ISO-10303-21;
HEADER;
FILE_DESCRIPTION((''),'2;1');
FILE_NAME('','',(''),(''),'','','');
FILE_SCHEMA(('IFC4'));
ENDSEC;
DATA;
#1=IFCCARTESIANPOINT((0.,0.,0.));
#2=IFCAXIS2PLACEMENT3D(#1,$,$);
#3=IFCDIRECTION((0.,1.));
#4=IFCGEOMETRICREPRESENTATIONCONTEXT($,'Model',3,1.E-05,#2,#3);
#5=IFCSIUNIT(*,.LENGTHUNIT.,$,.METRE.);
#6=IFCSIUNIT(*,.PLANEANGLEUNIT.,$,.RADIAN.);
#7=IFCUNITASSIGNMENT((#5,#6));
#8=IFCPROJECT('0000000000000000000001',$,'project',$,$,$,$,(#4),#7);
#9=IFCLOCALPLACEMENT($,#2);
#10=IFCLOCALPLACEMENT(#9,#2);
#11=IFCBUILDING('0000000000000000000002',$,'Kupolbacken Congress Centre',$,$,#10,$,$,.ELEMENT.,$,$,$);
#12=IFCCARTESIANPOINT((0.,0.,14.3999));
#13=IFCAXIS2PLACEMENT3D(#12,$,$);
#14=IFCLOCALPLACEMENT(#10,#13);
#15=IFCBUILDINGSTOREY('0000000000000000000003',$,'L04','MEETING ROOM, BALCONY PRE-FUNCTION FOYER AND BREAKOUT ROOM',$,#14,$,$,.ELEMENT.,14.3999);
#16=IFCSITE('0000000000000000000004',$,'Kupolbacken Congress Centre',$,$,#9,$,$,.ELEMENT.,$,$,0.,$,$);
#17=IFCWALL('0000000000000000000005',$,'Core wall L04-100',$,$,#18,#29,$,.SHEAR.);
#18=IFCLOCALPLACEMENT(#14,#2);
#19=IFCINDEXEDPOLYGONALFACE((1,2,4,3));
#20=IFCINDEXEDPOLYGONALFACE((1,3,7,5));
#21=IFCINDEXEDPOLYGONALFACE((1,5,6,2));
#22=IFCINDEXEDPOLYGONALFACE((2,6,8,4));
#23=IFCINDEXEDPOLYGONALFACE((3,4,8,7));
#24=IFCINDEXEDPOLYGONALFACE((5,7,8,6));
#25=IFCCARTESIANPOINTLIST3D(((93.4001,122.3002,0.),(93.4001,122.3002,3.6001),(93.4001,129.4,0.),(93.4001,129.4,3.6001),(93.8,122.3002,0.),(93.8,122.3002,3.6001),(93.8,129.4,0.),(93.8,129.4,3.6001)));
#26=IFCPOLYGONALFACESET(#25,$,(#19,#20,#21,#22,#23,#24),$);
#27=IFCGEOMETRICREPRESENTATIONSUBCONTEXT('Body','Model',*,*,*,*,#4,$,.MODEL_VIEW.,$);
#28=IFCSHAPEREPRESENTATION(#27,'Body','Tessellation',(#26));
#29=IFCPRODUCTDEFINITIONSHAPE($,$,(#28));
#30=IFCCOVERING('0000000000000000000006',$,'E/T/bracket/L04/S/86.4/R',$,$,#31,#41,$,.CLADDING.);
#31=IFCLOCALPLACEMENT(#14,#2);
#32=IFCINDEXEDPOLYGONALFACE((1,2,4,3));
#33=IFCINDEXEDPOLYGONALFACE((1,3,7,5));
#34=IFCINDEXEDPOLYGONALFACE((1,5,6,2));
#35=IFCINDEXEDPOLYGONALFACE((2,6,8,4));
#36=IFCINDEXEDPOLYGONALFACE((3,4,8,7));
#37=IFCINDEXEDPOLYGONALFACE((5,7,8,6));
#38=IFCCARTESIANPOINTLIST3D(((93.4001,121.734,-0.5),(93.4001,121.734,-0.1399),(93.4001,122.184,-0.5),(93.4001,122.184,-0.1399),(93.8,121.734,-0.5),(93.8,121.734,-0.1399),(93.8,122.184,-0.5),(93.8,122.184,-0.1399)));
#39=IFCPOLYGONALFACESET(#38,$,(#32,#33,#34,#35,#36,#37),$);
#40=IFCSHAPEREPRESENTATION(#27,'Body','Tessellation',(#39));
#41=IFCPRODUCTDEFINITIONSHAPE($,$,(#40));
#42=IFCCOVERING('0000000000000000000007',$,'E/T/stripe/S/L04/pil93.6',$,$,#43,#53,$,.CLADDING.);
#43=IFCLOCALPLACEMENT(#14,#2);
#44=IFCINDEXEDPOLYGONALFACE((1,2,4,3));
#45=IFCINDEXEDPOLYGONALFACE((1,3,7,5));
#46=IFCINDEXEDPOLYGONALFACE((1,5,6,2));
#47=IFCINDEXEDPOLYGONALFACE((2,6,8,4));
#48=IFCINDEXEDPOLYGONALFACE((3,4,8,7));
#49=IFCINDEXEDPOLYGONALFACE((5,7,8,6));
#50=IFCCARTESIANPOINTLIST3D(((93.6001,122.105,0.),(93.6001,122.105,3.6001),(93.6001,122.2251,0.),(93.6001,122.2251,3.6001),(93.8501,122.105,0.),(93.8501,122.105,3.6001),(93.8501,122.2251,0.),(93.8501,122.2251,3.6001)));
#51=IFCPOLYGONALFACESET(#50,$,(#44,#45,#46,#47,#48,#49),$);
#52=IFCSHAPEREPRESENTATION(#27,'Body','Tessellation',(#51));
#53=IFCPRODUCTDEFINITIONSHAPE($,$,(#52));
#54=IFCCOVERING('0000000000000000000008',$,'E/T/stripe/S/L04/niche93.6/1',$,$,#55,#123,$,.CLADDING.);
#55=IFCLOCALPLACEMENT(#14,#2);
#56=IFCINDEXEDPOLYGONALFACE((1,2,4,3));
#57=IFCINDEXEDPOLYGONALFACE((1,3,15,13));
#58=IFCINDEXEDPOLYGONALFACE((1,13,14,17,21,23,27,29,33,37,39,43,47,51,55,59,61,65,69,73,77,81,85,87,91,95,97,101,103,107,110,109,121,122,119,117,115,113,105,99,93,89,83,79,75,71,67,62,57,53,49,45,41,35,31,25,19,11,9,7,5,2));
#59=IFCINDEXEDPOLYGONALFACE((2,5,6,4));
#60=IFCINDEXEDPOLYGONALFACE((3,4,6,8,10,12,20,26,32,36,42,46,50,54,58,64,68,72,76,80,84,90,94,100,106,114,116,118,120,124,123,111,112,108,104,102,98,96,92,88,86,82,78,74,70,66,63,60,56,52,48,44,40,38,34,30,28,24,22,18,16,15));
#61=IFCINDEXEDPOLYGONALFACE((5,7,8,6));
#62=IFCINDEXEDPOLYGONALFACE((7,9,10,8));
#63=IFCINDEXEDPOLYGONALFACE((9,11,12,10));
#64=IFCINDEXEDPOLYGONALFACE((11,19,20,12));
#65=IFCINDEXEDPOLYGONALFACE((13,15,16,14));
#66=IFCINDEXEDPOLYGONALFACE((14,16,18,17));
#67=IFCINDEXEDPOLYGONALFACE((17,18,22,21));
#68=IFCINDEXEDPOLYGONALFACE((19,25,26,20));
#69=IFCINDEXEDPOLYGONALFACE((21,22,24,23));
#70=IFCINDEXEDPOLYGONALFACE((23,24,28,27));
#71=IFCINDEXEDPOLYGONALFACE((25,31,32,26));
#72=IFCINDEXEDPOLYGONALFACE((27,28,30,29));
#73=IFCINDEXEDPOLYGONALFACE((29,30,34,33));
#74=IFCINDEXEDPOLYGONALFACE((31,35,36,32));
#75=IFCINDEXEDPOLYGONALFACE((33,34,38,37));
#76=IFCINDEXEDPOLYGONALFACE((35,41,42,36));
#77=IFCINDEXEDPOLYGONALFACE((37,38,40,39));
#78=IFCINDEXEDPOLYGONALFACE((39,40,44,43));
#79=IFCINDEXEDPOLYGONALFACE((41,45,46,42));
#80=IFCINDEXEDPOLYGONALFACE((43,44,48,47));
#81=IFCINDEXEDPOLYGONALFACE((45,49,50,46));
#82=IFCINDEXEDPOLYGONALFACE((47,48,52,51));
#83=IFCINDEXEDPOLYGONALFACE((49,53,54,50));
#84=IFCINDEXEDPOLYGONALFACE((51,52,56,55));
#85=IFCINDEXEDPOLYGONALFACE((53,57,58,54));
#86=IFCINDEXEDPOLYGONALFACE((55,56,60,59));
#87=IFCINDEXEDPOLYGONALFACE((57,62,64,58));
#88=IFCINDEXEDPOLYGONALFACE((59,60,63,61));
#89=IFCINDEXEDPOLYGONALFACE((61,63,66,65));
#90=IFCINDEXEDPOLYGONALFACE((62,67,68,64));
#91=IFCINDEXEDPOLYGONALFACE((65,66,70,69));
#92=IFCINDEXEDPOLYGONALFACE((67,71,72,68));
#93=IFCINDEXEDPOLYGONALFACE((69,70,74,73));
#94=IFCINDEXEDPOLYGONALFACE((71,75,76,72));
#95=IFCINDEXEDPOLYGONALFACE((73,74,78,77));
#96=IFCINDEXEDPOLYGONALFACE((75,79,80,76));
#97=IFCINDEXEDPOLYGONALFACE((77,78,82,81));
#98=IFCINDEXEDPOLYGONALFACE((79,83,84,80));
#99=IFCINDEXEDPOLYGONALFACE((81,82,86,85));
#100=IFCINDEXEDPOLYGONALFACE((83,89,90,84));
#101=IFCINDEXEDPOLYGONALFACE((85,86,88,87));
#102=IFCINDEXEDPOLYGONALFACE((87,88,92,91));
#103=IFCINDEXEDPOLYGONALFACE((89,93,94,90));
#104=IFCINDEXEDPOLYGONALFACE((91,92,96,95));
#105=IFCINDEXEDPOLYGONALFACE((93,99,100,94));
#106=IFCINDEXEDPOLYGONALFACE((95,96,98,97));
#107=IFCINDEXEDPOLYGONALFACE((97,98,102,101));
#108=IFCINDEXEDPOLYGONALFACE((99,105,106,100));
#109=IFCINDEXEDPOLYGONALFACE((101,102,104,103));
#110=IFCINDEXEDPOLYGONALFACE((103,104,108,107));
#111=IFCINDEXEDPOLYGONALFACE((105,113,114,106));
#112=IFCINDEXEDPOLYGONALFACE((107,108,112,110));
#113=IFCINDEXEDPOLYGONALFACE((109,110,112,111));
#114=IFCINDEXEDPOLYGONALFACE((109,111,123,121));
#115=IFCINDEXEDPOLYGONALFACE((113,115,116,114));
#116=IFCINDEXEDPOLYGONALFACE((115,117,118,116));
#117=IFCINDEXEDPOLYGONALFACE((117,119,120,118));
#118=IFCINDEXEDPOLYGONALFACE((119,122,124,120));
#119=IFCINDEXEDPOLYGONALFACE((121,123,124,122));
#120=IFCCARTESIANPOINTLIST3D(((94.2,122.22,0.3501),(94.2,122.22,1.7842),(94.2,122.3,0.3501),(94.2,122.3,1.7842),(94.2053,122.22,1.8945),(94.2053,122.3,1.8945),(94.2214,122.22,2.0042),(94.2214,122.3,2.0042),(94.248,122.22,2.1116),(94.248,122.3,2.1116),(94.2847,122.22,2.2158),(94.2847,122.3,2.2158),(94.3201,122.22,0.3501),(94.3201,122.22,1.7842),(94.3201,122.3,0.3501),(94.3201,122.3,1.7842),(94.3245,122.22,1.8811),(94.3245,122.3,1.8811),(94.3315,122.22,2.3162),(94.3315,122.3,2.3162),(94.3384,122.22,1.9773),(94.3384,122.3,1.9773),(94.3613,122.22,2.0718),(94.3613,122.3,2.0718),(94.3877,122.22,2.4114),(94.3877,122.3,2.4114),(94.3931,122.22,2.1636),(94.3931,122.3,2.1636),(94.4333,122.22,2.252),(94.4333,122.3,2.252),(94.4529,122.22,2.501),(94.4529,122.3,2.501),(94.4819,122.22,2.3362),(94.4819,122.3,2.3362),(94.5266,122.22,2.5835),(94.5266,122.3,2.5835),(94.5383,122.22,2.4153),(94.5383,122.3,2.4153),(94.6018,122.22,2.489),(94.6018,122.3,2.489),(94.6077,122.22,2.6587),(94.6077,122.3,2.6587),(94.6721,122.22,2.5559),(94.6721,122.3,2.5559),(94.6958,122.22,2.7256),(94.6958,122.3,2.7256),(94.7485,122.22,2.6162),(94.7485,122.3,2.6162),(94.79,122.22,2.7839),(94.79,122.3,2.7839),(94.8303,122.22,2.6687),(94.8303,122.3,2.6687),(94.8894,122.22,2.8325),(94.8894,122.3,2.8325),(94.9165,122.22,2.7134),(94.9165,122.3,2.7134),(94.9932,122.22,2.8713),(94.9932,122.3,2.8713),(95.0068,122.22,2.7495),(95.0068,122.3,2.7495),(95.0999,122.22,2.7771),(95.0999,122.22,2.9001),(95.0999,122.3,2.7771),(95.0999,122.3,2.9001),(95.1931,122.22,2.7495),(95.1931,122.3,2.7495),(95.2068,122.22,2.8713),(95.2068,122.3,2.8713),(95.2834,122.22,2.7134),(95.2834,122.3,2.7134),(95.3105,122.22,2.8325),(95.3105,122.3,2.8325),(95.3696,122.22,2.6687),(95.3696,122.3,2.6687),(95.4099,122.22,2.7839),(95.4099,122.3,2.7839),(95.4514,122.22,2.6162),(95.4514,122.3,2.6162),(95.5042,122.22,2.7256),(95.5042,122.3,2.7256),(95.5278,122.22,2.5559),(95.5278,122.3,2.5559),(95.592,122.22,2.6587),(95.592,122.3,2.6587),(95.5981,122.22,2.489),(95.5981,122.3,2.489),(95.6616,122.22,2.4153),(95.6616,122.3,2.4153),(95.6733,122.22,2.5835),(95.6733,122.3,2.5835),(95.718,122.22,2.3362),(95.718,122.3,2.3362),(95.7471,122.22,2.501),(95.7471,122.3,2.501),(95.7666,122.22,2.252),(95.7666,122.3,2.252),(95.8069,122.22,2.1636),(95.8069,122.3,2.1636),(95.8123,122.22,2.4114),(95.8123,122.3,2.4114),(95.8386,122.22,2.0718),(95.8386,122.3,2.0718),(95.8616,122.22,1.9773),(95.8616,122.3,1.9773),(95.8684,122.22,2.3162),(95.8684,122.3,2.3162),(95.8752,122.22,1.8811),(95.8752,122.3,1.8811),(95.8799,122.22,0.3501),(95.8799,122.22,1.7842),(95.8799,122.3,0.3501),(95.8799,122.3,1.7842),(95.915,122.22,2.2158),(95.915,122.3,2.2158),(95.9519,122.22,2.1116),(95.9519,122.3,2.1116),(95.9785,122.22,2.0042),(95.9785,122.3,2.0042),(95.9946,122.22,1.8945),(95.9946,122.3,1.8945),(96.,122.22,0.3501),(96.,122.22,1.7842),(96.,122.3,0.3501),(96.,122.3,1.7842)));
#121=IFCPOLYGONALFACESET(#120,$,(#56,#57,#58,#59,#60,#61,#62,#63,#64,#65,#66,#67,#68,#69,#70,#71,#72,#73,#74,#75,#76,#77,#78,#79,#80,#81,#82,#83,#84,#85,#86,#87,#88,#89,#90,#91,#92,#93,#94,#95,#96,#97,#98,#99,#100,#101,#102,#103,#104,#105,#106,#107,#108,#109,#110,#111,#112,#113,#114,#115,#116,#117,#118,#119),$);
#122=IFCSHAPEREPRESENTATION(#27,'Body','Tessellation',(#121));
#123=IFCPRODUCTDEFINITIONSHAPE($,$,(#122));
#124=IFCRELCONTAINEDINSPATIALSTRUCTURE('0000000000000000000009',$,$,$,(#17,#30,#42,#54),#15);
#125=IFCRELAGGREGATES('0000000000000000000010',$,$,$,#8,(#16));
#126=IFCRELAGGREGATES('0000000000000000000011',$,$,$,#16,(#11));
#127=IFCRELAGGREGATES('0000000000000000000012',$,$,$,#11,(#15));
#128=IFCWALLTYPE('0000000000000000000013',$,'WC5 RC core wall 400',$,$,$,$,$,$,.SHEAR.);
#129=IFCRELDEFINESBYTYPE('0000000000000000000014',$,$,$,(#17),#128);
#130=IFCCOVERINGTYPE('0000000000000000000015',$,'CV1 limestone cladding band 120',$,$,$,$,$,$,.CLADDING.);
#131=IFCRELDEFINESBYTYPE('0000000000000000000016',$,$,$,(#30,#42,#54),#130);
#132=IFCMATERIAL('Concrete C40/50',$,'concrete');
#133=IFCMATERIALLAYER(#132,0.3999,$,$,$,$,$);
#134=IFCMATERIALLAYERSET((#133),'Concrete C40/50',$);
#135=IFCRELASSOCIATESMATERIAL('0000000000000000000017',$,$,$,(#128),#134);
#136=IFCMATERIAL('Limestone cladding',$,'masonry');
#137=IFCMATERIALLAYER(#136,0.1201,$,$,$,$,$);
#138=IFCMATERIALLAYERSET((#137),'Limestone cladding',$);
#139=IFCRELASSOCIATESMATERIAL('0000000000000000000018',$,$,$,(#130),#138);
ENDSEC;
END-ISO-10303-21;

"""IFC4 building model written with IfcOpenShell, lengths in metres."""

from ifc_helpers import new_model, si_unit, direction, frame, frame_2d, origin, origin_2d, place, context, subcontext, project, spatial, polyline, rectangle, outline, extrude, material, layer, layer_set, type_object, element, save


model = new_model("IFC4")

# Units and contexts
model_context = context("Model", 3, precision=1e-05, world=origin(), true_north=direction((0.0, 1.0)))
body_context = subcontext(model_context, "Body", "Model", "MODEL_VIEW")
ifc_project = project(units=[si_unit("LENGTHUNIT", "METRE"), si_unit("PLANEANGLEUNIT", "RADIAN")], contexts=[model_context])

# Site, building, storey
site_placement = place(None, origin())
site = spatial("IfcSite", under=ifc_project, at=site_placement, Name="Kupolbacken Congress Centre", CompositionType="ELEMENT", RefElevation=0.0)
building_placement = place(site_placement, origin())
building = spatial("IfcBuilding", under=site, at=building_placement, Name="Kupolbacken Congress Centre", CompositionType="ELEMENT")
storey_placement = place(building_placement, frame((0.0, 0.0, 14.3999)))
storey = spatial("IfcBuildingStorey", under=building, at=storey_placement, Name="L04", Description="MEETING ROOM, BALCONY PRE-FUNCTION FOYER AND BREAKOUT ROOM", CompositionType="ELEMENT", Elevation=14.3999)

# Wall
ifc_material_1 = material(Name="Concrete C40/50", Category="concrete")
ifc_layer_1 = layer(ifc_material_1, 0.3999)
ifc_layer_set_1 = layer_set([ifc_layer_1], Name="Concrete C40/50")
wall_type_1 = type_object("IfcWallType", Name="WC5 RC core wall 400", PredefinedType="SHEAR", material=ifc_layer_set_1)
wall_1_placement = place(storey_placement, frame((93.6001, 129.3999, 0.0), z_axis=(0.0, 0.0, 1.0), x_axis=(0.0, -1.0, 0.0)))
element("IfcWall", 1, at=wall_1_placement, inside=storey, type_object=wall_type_1, Name="Core wall L04-100", PredefinedType="SHEAR", context=body_context, shape_type="SweptSolid", body=[
    extrude(rectangle(XDim=7.0999, YDim=0.3999, at=frame_2d((3.5498, 0.0))), origin(), (0.0, 0.0, 1.0), 3.6001),
])

# Coverings
ifc_material_2 = material(Name="Limestone cladding", Category="masonry")
ifc_layer_2 = layer(ifc_material_2, 0.1201)
ifc_layer_set_2 = layer_set([ifc_layer_2], Name="Limestone cladding")
covering_type = type_object("IfcCoveringType", Name="CV1 limestone cladding band 120", PredefinedType="CLADDING", material=ifc_layer_set_2)
covering_1_placement = place(storey_placement, frame((93.6001, 121.959, -0.5), z_axis=(0.0, 0.0, 1.0), x_axis=(1.0, 0.0, 0.0)))
element("IfcCovering", 2, at=covering_1_placement, inside=storey, type_object=covering_type, Name="E/T/bracket/L04/S/86.4/R", PredefinedType="CLADDING", context=body_context, shape_type="SweptSolid", body=[
    extrude(rectangle(XDim=0.3999, YDim=0.45, at=origin_2d()), origin(), (0.0, 0.0, 1.0), 0.3601),
])
covering_2_placement = place(storey_placement, frame((93.7251, 122.165, 0.0), z_axis=(0.0, 0.0, 1.0), x_axis=(1.0, 0.0, 0.0)))
element("IfcCovering", 3, at=covering_2_placement, inside=storey, type_object=covering_type, Name="E/T/stripe/S/L04/pil93.6", PredefinedType="CLADDING", context=body_context, shape_type="SweptSolid", body=[
    extrude(rectangle(XDim=0.25, YDim=0.1201, at=origin_2d()), origin(), (0.0, 0.0, 1.0), 3.6001),
])
covering_3_placement = place(storey_placement, frame((94.2, 122.3, 0.3501), z_axis=(0.0, -1.0, 0.0), x_axis=(1.0, 0.0, 0.0)))
element("IfcCovering", 4, at=covering_3_placement, inside=storey, type_object=covering_type, Name="E/T/stripe/S/L04/niche93.6/1", PredefinedType="CLADDING", context=body_context, shape_type="SweptSolid", body=[
    extrude(outline(polyline([(0.0, 0.0), (0.0, 1.4341), (0.0054, 1.5444), (0.0215, 1.6541), (0.0481, 1.7615), (0.0847, 1.8657), (0.1316, 1.9661), (0.1877, 2.0613), (0.2529, 2.1509), (0.3267, 2.2334), (0.4077, 2.3086), (0.4958, 2.3755), (0.5901, 2.4338), (0.6895, 2.4824), (0.7932, 2.5212), (0.8999, 2.55), (1.0068, 2.5212), (1.1106, 2.4824), (1.21, 2.4338), (1.3042, 2.3755), (1.3921, 2.3086), (1.4734, 2.2334), (1.5471, 2.1509), (1.6123, 2.0613), (1.6685, 1.9661), (1.7151, 1.8657), (1.752, 1.7615), (1.7786, 1.6541), (1.7947, 1.5444), (1.8, 1.4341), (1.8, 0.0), (1.6799, 0.0), (1.6799, 1.4341), (1.6753, 1.531), (1.6616, 1.6272), (1.6387, 1.7217), (1.6069, 1.8135), (1.5667, 1.9019), (1.5181, 1.9861), (1.4617, 2.0652), (1.3982, 2.1389), (1.3279, 2.2058), (1.2515, 2.2661), (1.1697, 2.3186), (1.0835, 2.3633), (0.9932, 2.3994), (0.8999, 2.427), (0.8069, 2.3994), (0.7166, 2.3633), (0.6304, 2.3186), (0.5486, 2.2661), (0.4722, 2.2058), (0.4019, 2.1389), (0.3384, 2.0652), (0.282, 1.9861), (0.2334, 1.9019), (0.1931, 1.8135), (0.1614, 1.7217), (0.1384, 1.6272), (0.1245, 1.531), (0.1201, 1.4341), (0.1201, 0.0), (0.0, 0.0)])), origin(), (0.0, 0.0, 1.0), 0.0801),
])

save(model, "model.ifc")
